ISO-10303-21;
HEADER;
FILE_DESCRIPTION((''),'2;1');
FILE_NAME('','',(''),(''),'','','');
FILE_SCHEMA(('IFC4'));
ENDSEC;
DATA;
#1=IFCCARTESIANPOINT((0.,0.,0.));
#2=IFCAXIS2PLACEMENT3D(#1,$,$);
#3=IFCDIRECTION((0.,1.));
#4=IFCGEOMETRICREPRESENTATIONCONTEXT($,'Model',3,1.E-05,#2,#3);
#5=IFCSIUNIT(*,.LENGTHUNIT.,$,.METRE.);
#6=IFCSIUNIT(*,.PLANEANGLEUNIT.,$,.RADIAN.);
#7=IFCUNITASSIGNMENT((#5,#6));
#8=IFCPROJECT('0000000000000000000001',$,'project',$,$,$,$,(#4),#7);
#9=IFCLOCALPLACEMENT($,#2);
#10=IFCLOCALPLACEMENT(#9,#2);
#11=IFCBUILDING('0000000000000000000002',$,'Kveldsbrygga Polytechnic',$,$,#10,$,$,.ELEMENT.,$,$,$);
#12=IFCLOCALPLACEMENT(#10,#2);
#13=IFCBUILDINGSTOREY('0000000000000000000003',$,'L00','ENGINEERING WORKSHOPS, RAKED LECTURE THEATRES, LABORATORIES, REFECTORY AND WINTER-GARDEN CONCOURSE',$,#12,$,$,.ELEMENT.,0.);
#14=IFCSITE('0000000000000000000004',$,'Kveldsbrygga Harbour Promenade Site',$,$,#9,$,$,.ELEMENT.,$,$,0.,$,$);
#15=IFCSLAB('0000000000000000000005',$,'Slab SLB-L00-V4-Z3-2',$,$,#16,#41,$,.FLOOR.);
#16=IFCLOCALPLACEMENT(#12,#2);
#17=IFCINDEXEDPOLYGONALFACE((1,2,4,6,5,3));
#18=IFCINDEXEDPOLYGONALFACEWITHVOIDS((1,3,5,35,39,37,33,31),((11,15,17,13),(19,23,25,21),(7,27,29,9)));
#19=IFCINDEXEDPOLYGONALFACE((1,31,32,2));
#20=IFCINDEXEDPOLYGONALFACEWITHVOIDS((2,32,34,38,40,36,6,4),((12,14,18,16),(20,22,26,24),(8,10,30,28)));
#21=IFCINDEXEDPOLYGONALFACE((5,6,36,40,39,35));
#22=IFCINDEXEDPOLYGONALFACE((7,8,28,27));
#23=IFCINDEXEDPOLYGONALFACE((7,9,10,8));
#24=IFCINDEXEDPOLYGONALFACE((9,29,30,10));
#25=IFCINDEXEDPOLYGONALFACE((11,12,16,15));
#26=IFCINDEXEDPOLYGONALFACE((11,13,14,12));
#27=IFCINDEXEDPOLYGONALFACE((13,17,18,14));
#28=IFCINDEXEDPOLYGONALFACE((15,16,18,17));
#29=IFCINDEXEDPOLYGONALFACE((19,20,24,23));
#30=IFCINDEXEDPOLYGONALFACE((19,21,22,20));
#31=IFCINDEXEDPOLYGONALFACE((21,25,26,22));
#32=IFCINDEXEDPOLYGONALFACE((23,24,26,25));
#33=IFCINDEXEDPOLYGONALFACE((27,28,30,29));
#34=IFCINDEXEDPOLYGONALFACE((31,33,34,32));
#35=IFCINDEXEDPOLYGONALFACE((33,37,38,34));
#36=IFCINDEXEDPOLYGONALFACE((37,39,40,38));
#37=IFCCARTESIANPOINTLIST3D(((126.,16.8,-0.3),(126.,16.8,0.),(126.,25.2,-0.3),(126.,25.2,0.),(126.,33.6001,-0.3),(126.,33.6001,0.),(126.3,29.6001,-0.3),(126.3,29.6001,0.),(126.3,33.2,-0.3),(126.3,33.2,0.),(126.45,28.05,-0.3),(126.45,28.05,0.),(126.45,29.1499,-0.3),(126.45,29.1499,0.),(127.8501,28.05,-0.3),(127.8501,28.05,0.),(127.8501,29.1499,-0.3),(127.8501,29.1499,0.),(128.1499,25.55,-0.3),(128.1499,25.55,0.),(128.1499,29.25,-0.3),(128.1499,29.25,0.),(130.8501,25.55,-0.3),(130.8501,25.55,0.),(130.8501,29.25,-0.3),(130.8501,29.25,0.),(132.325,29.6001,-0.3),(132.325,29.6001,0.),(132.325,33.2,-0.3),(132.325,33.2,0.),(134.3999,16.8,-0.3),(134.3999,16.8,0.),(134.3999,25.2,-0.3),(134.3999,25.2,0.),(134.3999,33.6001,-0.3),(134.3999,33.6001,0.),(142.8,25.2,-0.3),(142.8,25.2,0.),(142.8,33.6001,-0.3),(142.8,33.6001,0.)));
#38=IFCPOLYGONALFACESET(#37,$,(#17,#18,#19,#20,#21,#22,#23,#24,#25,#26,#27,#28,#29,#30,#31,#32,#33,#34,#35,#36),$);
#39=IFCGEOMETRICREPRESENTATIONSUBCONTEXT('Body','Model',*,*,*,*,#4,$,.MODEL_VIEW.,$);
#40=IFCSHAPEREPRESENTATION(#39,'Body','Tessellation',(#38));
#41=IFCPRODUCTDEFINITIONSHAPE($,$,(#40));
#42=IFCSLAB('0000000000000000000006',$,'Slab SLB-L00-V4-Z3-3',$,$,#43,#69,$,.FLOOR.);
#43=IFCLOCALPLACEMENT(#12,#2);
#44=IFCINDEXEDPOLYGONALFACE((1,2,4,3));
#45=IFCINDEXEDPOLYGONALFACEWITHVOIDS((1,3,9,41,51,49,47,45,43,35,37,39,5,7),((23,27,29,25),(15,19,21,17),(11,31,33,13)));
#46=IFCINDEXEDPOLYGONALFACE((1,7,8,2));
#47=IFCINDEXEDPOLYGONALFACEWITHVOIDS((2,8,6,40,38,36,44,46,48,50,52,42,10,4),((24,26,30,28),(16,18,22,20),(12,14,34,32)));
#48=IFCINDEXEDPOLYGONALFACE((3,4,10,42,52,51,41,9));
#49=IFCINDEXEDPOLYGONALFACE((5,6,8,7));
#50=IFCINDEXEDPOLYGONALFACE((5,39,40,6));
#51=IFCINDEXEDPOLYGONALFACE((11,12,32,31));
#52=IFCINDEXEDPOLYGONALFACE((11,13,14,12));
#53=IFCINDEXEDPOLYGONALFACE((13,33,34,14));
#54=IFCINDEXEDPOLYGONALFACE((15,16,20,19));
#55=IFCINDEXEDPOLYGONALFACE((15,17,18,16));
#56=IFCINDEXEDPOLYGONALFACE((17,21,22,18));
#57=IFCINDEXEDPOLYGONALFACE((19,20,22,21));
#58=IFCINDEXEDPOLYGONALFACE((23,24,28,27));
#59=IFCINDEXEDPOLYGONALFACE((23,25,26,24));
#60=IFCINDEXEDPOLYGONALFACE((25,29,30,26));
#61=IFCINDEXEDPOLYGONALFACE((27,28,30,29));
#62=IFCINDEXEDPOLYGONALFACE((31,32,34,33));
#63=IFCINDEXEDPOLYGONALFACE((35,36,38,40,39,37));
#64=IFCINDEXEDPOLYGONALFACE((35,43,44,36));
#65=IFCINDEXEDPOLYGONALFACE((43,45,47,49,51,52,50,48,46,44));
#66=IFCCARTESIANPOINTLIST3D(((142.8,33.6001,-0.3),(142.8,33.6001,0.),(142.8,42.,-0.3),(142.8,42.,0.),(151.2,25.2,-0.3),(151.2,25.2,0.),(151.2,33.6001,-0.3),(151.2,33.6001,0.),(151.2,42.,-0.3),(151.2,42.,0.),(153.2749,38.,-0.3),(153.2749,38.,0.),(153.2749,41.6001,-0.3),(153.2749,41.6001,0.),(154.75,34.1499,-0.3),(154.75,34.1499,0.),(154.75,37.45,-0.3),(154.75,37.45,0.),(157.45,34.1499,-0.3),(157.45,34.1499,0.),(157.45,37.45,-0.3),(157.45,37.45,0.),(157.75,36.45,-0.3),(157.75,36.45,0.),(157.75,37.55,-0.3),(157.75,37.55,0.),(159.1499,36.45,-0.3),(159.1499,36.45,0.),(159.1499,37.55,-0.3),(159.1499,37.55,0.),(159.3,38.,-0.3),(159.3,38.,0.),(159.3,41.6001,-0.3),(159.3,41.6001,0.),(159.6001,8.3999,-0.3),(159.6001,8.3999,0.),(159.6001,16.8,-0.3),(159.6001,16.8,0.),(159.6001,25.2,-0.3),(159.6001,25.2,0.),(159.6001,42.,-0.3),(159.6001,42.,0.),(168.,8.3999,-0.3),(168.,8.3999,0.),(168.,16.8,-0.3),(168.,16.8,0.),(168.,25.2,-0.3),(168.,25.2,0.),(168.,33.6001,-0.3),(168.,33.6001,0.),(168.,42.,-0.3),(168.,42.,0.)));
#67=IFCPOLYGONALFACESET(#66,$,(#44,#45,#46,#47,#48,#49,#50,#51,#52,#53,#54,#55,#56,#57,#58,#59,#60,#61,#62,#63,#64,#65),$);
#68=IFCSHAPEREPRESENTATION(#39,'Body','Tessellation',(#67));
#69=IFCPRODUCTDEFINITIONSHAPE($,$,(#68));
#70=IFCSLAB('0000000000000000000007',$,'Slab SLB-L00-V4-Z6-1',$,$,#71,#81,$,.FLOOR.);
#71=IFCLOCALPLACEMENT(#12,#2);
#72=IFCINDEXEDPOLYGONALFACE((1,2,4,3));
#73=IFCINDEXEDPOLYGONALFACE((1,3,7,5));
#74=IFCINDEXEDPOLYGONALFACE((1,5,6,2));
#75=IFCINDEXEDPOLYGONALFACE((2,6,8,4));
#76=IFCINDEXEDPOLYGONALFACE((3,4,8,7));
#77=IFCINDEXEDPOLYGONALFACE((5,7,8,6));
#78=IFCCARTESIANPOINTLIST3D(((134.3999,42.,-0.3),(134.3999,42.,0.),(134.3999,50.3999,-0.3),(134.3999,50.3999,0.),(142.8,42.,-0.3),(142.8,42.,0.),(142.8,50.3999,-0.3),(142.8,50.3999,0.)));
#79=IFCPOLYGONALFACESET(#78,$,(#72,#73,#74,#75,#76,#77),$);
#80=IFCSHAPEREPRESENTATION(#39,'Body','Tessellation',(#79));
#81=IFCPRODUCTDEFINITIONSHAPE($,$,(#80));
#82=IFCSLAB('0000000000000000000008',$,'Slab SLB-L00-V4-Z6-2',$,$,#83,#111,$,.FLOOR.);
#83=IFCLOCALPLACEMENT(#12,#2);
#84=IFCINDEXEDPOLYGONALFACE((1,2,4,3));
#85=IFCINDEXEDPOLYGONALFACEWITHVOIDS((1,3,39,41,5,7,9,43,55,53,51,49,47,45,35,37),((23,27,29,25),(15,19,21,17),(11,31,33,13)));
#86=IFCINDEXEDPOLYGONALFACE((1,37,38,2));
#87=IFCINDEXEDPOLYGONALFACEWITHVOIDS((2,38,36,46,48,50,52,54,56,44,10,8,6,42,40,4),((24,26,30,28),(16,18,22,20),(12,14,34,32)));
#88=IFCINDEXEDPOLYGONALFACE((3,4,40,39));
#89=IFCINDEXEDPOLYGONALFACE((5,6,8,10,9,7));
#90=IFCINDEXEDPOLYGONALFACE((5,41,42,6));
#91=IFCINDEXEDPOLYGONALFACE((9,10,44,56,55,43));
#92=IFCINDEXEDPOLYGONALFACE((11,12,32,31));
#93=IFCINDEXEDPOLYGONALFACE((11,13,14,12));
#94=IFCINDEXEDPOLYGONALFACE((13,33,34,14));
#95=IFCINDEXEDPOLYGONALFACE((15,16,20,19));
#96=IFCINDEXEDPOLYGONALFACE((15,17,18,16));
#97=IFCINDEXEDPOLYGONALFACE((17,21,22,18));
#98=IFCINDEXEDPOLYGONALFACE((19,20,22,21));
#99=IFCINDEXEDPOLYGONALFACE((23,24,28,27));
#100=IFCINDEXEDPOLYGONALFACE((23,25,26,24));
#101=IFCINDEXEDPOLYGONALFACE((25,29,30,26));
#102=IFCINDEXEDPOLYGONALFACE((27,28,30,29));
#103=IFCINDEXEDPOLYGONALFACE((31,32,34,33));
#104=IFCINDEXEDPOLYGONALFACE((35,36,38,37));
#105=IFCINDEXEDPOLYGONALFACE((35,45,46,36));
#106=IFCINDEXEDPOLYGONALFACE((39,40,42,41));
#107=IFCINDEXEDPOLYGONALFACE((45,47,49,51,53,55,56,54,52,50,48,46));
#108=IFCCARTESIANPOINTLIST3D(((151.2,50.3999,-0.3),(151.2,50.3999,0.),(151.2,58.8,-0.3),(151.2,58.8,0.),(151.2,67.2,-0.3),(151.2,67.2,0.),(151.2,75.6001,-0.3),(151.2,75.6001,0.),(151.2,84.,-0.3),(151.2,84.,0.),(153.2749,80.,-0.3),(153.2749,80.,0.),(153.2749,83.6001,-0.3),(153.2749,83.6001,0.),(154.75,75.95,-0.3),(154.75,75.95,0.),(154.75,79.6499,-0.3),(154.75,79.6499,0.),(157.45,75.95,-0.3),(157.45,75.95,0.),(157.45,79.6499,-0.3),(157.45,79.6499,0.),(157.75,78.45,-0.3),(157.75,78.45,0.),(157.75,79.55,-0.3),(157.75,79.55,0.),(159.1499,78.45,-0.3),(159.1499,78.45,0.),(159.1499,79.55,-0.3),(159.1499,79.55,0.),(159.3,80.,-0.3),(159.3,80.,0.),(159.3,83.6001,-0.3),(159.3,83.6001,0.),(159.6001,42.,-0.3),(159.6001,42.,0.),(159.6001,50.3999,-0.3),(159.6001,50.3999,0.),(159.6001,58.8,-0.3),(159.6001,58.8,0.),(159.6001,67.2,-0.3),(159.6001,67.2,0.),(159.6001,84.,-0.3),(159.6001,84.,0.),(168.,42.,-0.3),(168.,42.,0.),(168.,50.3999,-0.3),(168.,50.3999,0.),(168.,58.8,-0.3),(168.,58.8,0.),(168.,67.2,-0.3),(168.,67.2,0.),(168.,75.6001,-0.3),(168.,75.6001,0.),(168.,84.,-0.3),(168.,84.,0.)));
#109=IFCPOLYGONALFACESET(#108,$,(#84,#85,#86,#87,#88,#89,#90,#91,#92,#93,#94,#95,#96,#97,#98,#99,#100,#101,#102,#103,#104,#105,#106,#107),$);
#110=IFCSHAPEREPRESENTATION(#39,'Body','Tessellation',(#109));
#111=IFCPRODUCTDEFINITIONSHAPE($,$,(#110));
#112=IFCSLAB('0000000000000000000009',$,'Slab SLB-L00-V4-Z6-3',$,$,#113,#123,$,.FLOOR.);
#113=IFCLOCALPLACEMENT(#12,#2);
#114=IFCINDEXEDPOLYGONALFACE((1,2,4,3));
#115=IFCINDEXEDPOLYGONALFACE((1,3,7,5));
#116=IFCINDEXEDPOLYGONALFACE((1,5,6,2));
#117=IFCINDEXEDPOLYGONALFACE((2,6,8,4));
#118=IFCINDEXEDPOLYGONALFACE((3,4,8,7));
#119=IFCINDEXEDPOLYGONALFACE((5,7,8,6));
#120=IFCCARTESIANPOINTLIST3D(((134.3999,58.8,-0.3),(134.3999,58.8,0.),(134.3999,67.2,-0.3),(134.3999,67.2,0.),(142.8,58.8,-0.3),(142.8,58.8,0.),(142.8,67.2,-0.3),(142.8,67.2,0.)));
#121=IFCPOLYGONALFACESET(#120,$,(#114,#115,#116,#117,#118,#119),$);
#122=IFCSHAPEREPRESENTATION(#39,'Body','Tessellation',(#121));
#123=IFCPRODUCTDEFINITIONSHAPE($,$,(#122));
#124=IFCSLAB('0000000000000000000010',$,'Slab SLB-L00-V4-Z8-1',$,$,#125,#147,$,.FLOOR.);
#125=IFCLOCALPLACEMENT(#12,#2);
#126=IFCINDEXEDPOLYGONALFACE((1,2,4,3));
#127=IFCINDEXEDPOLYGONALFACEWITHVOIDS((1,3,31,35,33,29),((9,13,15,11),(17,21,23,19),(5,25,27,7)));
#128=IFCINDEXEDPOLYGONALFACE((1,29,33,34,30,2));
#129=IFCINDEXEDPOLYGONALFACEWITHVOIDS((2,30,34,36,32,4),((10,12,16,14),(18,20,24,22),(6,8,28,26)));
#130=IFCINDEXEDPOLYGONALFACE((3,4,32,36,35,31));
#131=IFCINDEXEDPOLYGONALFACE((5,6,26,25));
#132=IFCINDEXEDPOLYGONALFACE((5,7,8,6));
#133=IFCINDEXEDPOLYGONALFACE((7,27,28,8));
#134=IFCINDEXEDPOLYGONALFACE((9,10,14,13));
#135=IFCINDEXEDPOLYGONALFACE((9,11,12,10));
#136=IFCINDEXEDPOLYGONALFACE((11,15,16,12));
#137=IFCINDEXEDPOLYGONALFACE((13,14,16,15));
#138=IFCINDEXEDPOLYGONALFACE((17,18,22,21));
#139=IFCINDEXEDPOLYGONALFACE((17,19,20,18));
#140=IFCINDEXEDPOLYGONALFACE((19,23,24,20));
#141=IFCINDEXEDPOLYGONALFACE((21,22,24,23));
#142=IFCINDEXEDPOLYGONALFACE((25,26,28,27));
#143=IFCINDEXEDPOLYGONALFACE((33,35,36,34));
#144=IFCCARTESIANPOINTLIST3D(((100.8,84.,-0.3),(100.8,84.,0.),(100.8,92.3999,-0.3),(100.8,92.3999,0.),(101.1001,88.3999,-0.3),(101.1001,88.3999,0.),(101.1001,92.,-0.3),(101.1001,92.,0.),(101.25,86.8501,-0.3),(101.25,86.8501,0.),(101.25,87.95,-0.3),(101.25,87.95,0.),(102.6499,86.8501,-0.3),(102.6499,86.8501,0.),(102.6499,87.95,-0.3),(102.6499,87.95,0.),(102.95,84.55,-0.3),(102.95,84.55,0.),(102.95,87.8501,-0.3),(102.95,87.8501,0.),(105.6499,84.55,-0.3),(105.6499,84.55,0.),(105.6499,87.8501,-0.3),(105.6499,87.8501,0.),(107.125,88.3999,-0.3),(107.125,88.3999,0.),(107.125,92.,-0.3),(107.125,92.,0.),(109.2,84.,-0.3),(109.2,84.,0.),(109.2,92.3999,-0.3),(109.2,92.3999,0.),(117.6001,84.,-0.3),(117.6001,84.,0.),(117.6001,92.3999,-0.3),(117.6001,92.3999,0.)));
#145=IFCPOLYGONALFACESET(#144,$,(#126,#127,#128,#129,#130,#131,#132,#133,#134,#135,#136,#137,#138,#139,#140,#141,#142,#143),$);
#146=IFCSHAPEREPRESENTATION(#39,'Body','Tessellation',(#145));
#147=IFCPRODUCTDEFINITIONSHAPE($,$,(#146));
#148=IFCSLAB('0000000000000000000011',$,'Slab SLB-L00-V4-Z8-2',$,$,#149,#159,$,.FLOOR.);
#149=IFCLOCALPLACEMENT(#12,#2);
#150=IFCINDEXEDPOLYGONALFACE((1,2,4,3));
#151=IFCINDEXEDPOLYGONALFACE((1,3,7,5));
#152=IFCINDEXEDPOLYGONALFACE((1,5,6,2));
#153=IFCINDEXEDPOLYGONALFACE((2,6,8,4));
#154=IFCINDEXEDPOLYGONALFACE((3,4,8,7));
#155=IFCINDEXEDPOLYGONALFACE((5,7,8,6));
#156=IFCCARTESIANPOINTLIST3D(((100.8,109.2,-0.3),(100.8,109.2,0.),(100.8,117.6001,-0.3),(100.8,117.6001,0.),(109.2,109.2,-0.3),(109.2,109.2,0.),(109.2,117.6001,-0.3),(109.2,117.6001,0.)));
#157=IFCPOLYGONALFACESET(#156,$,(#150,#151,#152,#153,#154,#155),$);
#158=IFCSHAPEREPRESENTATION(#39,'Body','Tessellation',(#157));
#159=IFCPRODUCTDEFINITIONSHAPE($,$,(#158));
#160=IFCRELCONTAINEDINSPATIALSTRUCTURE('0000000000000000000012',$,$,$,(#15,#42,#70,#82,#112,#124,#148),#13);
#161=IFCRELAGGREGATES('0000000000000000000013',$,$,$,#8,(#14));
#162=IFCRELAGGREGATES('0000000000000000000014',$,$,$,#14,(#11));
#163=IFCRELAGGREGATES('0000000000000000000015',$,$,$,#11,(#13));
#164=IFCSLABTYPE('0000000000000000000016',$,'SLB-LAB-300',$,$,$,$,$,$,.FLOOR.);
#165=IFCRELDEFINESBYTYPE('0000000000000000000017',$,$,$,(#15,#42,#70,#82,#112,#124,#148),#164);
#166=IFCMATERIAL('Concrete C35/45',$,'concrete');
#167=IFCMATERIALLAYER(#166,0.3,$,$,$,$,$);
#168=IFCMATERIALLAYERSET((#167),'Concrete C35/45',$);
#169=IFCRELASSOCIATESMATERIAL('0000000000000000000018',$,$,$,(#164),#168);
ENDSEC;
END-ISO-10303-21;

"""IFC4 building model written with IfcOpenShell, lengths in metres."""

from ifc_helpers import new_model, si_unit, direction, frame, origin, place, context, subcontext, project, spatial, polyline, outline, extrude, material, layer, layer_set, type_object, element, save


model = new_model("IFC4")

# Units and contexts
model_context = context("Model", 3, precision=1e-05, world=origin(), true_north=direction((0.0, 1.0)))
body_context = subcontext(model_context, "Body", "Model", "MODEL_VIEW")
ifc_project = project(units=[si_unit("LENGTHUNIT", "METRE"), si_unit("PLANEANGLEUNIT", "RADIAN")], contexts=[model_context])

# Site, building, storey
site_placement = place(None, origin())
site = spatial("IfcSite", under=ifc_project, at=site_placement, Name="Kveldsbrygga Harbour Promenade Site", CompositionType="ELEMENT", RefElevation=0.0)
building_placement = place(site_placement, origin())
building = spatial("IfcBuilding", under=site, at=building_placement, Name="Kveldsbrygga Polytechnic", CompositionType="ELEMENT")
storey_placement = place(building_placement, origin())
storey = spatial("IfcBuildingStorey", under=building, at=storey_placement, Name="L00", Description="ENGINEERING WORKSHOPS, RAKED LECTURE THEATRES, LABORATORIES, REFECTORY AND WINTER-GARDEN CONCOURSE", CompositionType="ELEMENT", Elevation=0.0)

# Shared definitions
ifc_material = material(Name="Concrete C35/45", Category="concrete")

# Slabs
ifc_layer_1 = layer(ifc_material, 0.3)
ifc_layer_set_1 = layer_set([ifc_layer_1], Name="Concrete C35/45")
slab_type_1 = type_object("IfcSlabType", Name="SLB-LAB-300", PredefinedType="FLOOR", material=ifc_layer_set_1)
slab_1_placement = place(storey_placement, frame((0.0, 0.0, -0.3)))
element("IfcSlab", 1, at=slab_1_placement, inside=storey, type_object=slab_type_1, Name="Slab SLB-L00-V4-Z3-2", PredefinedType="FLOOR", context=body_context, shape_type="SweptSolid", body=[
    extrude(outline(polyline([(126.0, 33.6001), (134.3999, 33.6001), (142.8, 33.6001), (142.8, 25.2), (134.3999, 25.2), (134.3999, 16.8), (126.0, 16.8), (126.0, 25.2), (126.0, 33.6001)]), holes=[polyline([(132.325, 33.2), (126.3, 33.2), (126.3, 29.6001), (132.325, 29.6001), (132.325, 33.2)]), polyline([(128.1499, 25.55), (130.8501, 25.55), (130.8501, 29.25), (128.1499, 29.25), (128.1499, 25.55)]), polyline([(126.45, 28.05), (127.8501, 28.05), (127.8501, 29.1499), (126.45, 29.1499), (126.45, 28.05)])]), origin(), (0.0, 0.0, 1.0), 0.3),
])
slab_2_placement = place(storey_placement, frame((0.0, 0.0, -0.3)))
element("IfcSlab", 2, at=slab_2_placement, inside=storey, type_object=slab_type_1, Name="Slab SLB-L00-V4-Z3-3", PredefinedType="FLOOR", context=body_context, shape_type="SweptSolid", body=[
    extrude(outline(polyline([(151.2, 25.2), (151.2, 33.6001), (142.8, 33.6001), (142.8, 42.0), (151.2, 42.0), (159.6001, 42.0), (168.0, 42.0), (168.0, 33.6001), (168.0, 25.2), (168.0, 16.8), (168.0, 8.3999), (159.6001, 8.3999), (159.6001, 16.8), (159.6001, 25.2), (151.2, 25.2)]), holes=[polyline([(153.2749, 38.0), (159.3, 38.0), (159.3, 41.6001), (153.2749, 41.6001), (153.2749, 38.0)]), polyline([(154.75, 34.1499), (157.45, 34.1499), (157.45, 37.45), (154.75, 37.45), (154.75, 34.1499)]), polyline([(157.75, 36.45), (159.1499, 36.45), (159.1499, 37.55), (157.75, 37.55), (157.75, 36.45)])]), origin(), (0.0, 0.0, 1.0), 0.3),
])
slab_3_placement = place(storey_placement, frame((0.0, 0.0, -0.3)))
element("IfcSlab", 3, at=slab_3_placement, inside=storey, type_object=slab_type_1, Name="Slab SLB-L00-V4-Z6-1", PredefinedType="FLOOR", context=body_context, shape_type="SweptSolid", body=[
    extrude(outline(polyline([(142.8, 50.3999), (142.8, 42.0), (134.3999, 42.0), (134.3999, 50.3999), (142.8, 50.3999)])), origin(), (0.0, 0.0, 1.0), 0.3),
])
slab_4_placement = place(storey_placement, frame((0.0, 0.0, -0.3)))
element("IfcSlab", 4, at=slab_4_placement, inside=storey, type_object=slab_type_1, Name="Slab SLB-L00-V4-Z6-2", PredefinedType="FLOOR", context=body_context, shape_type="SweptSolid", body=[
    extrude(outline(polyline([(151.2, 50.3999), (151.2, 58.8), (159.6001, 58.8), (159.6001, 67.2), (151.2, 67.2), (151.2, 75.6001), (151.2, 84.0), (159.6001, 84.0), (168.0, 84.0), (168.0, 75.6001), (168.0, 67.2), (168.0, 58.8), (168.0, 50.3999), (168.0, 42.0), (159.6001, 42.0), (159.6001, 50.3999), (151.2, 50.3999)]), holes=[polyline([(153.2749, 80.0), (159.3, 80.0), (159.3, 83.6001), (153.2749, 83.6001), (153.2749, 80.0)]), polyline([(154.75, 75.95), (157.45, 75.95), (157.45, 79.6499), (154.75, 79.6499), (154.75, 75.95)]), polyline([(157.75, 78.45), (159.1499, 78.45), (159.1499, 79.55), (157.75, 79.55), (157.75, 78.45)])]), origin(), (0.0, 0.0, 1.0), 0.3),
])
slab_5_placement = place(storey_placement, frame((0.0, 0.0, -0.3)))
element("IfcSlab", 5, at=slab_5_placement, inside=storey, type_object=slab_type_1, Name="Slab SLB-L00-V4-Z6-3", PredefinedType="FLOOR", context=body_context, shape_type="SweptSolid", body=[
    extrude(outline(polyline([(142.8, 58.8), (134.3999, 58.8), (134.3999, 67.2), (142.8, 67.2), (142.8, 58.8)])), origin(), (0.0, 0.0, 1.0), 0.3),
])
slab_6_placement = place(storey_placement, frame((0.0, 0.0, -0.3)))
element("IfcSlab", 6, at=slab_6_placement, inside=storey, type_object=slab_type_1, Name="Slab SLB-L00-V4-Z8-1", PredefinedType="FLOOR", context=body_context, shape_type="SweptSolid", body=[
    extrude(outline(polyline([(100.8, 84.0), (100.8, 92.3999), (109.2, 92.3999), (117.6001, 92.3999), (117.6001, 84.0), (109.2, 84.0), (100.8, 84.0)]), holes=[polyline([(107.125, 92.0), (101.1001, 92.0), (101.1001, 88.3999), (107.125, 88.3999), (107.125, 92.0)]), polyline([(102.95, 84.55), (105.6499, 84.55), (105.6499, 87.8501), (102.95, 87.8501), (102.95, 84.55)]), polyline([(101.25, 86.8501), (102.6499, 86.8501), (102.6499, 87.95), (101.25, 87.95), (101.25, 86.8501)])]), origin(), (0.0, 0.0, 1.0), 0.3),
])
slab_7_placement = place(storey_placement, frame((0.0, 0.0, -0.3)))
element("IfcSlab", 7, at=slab_7_placement, inside=storey, type_object=slab_type_1, Name="Slab SLB-L00-V4-Z8-2", PredefinedType="FLOOR", context=body_context, shape_type="SweptSolid", body=[
    extrude(outline(polyline([(100.8, 117.6001), (109.2, 117.6001), (109.2, 109.2), (100.8, 109.2), (100.8, 117.6001)])), origin(), (0.0, 0.0, 1.0), 0.3),
])

save(model, "model.ifc")
